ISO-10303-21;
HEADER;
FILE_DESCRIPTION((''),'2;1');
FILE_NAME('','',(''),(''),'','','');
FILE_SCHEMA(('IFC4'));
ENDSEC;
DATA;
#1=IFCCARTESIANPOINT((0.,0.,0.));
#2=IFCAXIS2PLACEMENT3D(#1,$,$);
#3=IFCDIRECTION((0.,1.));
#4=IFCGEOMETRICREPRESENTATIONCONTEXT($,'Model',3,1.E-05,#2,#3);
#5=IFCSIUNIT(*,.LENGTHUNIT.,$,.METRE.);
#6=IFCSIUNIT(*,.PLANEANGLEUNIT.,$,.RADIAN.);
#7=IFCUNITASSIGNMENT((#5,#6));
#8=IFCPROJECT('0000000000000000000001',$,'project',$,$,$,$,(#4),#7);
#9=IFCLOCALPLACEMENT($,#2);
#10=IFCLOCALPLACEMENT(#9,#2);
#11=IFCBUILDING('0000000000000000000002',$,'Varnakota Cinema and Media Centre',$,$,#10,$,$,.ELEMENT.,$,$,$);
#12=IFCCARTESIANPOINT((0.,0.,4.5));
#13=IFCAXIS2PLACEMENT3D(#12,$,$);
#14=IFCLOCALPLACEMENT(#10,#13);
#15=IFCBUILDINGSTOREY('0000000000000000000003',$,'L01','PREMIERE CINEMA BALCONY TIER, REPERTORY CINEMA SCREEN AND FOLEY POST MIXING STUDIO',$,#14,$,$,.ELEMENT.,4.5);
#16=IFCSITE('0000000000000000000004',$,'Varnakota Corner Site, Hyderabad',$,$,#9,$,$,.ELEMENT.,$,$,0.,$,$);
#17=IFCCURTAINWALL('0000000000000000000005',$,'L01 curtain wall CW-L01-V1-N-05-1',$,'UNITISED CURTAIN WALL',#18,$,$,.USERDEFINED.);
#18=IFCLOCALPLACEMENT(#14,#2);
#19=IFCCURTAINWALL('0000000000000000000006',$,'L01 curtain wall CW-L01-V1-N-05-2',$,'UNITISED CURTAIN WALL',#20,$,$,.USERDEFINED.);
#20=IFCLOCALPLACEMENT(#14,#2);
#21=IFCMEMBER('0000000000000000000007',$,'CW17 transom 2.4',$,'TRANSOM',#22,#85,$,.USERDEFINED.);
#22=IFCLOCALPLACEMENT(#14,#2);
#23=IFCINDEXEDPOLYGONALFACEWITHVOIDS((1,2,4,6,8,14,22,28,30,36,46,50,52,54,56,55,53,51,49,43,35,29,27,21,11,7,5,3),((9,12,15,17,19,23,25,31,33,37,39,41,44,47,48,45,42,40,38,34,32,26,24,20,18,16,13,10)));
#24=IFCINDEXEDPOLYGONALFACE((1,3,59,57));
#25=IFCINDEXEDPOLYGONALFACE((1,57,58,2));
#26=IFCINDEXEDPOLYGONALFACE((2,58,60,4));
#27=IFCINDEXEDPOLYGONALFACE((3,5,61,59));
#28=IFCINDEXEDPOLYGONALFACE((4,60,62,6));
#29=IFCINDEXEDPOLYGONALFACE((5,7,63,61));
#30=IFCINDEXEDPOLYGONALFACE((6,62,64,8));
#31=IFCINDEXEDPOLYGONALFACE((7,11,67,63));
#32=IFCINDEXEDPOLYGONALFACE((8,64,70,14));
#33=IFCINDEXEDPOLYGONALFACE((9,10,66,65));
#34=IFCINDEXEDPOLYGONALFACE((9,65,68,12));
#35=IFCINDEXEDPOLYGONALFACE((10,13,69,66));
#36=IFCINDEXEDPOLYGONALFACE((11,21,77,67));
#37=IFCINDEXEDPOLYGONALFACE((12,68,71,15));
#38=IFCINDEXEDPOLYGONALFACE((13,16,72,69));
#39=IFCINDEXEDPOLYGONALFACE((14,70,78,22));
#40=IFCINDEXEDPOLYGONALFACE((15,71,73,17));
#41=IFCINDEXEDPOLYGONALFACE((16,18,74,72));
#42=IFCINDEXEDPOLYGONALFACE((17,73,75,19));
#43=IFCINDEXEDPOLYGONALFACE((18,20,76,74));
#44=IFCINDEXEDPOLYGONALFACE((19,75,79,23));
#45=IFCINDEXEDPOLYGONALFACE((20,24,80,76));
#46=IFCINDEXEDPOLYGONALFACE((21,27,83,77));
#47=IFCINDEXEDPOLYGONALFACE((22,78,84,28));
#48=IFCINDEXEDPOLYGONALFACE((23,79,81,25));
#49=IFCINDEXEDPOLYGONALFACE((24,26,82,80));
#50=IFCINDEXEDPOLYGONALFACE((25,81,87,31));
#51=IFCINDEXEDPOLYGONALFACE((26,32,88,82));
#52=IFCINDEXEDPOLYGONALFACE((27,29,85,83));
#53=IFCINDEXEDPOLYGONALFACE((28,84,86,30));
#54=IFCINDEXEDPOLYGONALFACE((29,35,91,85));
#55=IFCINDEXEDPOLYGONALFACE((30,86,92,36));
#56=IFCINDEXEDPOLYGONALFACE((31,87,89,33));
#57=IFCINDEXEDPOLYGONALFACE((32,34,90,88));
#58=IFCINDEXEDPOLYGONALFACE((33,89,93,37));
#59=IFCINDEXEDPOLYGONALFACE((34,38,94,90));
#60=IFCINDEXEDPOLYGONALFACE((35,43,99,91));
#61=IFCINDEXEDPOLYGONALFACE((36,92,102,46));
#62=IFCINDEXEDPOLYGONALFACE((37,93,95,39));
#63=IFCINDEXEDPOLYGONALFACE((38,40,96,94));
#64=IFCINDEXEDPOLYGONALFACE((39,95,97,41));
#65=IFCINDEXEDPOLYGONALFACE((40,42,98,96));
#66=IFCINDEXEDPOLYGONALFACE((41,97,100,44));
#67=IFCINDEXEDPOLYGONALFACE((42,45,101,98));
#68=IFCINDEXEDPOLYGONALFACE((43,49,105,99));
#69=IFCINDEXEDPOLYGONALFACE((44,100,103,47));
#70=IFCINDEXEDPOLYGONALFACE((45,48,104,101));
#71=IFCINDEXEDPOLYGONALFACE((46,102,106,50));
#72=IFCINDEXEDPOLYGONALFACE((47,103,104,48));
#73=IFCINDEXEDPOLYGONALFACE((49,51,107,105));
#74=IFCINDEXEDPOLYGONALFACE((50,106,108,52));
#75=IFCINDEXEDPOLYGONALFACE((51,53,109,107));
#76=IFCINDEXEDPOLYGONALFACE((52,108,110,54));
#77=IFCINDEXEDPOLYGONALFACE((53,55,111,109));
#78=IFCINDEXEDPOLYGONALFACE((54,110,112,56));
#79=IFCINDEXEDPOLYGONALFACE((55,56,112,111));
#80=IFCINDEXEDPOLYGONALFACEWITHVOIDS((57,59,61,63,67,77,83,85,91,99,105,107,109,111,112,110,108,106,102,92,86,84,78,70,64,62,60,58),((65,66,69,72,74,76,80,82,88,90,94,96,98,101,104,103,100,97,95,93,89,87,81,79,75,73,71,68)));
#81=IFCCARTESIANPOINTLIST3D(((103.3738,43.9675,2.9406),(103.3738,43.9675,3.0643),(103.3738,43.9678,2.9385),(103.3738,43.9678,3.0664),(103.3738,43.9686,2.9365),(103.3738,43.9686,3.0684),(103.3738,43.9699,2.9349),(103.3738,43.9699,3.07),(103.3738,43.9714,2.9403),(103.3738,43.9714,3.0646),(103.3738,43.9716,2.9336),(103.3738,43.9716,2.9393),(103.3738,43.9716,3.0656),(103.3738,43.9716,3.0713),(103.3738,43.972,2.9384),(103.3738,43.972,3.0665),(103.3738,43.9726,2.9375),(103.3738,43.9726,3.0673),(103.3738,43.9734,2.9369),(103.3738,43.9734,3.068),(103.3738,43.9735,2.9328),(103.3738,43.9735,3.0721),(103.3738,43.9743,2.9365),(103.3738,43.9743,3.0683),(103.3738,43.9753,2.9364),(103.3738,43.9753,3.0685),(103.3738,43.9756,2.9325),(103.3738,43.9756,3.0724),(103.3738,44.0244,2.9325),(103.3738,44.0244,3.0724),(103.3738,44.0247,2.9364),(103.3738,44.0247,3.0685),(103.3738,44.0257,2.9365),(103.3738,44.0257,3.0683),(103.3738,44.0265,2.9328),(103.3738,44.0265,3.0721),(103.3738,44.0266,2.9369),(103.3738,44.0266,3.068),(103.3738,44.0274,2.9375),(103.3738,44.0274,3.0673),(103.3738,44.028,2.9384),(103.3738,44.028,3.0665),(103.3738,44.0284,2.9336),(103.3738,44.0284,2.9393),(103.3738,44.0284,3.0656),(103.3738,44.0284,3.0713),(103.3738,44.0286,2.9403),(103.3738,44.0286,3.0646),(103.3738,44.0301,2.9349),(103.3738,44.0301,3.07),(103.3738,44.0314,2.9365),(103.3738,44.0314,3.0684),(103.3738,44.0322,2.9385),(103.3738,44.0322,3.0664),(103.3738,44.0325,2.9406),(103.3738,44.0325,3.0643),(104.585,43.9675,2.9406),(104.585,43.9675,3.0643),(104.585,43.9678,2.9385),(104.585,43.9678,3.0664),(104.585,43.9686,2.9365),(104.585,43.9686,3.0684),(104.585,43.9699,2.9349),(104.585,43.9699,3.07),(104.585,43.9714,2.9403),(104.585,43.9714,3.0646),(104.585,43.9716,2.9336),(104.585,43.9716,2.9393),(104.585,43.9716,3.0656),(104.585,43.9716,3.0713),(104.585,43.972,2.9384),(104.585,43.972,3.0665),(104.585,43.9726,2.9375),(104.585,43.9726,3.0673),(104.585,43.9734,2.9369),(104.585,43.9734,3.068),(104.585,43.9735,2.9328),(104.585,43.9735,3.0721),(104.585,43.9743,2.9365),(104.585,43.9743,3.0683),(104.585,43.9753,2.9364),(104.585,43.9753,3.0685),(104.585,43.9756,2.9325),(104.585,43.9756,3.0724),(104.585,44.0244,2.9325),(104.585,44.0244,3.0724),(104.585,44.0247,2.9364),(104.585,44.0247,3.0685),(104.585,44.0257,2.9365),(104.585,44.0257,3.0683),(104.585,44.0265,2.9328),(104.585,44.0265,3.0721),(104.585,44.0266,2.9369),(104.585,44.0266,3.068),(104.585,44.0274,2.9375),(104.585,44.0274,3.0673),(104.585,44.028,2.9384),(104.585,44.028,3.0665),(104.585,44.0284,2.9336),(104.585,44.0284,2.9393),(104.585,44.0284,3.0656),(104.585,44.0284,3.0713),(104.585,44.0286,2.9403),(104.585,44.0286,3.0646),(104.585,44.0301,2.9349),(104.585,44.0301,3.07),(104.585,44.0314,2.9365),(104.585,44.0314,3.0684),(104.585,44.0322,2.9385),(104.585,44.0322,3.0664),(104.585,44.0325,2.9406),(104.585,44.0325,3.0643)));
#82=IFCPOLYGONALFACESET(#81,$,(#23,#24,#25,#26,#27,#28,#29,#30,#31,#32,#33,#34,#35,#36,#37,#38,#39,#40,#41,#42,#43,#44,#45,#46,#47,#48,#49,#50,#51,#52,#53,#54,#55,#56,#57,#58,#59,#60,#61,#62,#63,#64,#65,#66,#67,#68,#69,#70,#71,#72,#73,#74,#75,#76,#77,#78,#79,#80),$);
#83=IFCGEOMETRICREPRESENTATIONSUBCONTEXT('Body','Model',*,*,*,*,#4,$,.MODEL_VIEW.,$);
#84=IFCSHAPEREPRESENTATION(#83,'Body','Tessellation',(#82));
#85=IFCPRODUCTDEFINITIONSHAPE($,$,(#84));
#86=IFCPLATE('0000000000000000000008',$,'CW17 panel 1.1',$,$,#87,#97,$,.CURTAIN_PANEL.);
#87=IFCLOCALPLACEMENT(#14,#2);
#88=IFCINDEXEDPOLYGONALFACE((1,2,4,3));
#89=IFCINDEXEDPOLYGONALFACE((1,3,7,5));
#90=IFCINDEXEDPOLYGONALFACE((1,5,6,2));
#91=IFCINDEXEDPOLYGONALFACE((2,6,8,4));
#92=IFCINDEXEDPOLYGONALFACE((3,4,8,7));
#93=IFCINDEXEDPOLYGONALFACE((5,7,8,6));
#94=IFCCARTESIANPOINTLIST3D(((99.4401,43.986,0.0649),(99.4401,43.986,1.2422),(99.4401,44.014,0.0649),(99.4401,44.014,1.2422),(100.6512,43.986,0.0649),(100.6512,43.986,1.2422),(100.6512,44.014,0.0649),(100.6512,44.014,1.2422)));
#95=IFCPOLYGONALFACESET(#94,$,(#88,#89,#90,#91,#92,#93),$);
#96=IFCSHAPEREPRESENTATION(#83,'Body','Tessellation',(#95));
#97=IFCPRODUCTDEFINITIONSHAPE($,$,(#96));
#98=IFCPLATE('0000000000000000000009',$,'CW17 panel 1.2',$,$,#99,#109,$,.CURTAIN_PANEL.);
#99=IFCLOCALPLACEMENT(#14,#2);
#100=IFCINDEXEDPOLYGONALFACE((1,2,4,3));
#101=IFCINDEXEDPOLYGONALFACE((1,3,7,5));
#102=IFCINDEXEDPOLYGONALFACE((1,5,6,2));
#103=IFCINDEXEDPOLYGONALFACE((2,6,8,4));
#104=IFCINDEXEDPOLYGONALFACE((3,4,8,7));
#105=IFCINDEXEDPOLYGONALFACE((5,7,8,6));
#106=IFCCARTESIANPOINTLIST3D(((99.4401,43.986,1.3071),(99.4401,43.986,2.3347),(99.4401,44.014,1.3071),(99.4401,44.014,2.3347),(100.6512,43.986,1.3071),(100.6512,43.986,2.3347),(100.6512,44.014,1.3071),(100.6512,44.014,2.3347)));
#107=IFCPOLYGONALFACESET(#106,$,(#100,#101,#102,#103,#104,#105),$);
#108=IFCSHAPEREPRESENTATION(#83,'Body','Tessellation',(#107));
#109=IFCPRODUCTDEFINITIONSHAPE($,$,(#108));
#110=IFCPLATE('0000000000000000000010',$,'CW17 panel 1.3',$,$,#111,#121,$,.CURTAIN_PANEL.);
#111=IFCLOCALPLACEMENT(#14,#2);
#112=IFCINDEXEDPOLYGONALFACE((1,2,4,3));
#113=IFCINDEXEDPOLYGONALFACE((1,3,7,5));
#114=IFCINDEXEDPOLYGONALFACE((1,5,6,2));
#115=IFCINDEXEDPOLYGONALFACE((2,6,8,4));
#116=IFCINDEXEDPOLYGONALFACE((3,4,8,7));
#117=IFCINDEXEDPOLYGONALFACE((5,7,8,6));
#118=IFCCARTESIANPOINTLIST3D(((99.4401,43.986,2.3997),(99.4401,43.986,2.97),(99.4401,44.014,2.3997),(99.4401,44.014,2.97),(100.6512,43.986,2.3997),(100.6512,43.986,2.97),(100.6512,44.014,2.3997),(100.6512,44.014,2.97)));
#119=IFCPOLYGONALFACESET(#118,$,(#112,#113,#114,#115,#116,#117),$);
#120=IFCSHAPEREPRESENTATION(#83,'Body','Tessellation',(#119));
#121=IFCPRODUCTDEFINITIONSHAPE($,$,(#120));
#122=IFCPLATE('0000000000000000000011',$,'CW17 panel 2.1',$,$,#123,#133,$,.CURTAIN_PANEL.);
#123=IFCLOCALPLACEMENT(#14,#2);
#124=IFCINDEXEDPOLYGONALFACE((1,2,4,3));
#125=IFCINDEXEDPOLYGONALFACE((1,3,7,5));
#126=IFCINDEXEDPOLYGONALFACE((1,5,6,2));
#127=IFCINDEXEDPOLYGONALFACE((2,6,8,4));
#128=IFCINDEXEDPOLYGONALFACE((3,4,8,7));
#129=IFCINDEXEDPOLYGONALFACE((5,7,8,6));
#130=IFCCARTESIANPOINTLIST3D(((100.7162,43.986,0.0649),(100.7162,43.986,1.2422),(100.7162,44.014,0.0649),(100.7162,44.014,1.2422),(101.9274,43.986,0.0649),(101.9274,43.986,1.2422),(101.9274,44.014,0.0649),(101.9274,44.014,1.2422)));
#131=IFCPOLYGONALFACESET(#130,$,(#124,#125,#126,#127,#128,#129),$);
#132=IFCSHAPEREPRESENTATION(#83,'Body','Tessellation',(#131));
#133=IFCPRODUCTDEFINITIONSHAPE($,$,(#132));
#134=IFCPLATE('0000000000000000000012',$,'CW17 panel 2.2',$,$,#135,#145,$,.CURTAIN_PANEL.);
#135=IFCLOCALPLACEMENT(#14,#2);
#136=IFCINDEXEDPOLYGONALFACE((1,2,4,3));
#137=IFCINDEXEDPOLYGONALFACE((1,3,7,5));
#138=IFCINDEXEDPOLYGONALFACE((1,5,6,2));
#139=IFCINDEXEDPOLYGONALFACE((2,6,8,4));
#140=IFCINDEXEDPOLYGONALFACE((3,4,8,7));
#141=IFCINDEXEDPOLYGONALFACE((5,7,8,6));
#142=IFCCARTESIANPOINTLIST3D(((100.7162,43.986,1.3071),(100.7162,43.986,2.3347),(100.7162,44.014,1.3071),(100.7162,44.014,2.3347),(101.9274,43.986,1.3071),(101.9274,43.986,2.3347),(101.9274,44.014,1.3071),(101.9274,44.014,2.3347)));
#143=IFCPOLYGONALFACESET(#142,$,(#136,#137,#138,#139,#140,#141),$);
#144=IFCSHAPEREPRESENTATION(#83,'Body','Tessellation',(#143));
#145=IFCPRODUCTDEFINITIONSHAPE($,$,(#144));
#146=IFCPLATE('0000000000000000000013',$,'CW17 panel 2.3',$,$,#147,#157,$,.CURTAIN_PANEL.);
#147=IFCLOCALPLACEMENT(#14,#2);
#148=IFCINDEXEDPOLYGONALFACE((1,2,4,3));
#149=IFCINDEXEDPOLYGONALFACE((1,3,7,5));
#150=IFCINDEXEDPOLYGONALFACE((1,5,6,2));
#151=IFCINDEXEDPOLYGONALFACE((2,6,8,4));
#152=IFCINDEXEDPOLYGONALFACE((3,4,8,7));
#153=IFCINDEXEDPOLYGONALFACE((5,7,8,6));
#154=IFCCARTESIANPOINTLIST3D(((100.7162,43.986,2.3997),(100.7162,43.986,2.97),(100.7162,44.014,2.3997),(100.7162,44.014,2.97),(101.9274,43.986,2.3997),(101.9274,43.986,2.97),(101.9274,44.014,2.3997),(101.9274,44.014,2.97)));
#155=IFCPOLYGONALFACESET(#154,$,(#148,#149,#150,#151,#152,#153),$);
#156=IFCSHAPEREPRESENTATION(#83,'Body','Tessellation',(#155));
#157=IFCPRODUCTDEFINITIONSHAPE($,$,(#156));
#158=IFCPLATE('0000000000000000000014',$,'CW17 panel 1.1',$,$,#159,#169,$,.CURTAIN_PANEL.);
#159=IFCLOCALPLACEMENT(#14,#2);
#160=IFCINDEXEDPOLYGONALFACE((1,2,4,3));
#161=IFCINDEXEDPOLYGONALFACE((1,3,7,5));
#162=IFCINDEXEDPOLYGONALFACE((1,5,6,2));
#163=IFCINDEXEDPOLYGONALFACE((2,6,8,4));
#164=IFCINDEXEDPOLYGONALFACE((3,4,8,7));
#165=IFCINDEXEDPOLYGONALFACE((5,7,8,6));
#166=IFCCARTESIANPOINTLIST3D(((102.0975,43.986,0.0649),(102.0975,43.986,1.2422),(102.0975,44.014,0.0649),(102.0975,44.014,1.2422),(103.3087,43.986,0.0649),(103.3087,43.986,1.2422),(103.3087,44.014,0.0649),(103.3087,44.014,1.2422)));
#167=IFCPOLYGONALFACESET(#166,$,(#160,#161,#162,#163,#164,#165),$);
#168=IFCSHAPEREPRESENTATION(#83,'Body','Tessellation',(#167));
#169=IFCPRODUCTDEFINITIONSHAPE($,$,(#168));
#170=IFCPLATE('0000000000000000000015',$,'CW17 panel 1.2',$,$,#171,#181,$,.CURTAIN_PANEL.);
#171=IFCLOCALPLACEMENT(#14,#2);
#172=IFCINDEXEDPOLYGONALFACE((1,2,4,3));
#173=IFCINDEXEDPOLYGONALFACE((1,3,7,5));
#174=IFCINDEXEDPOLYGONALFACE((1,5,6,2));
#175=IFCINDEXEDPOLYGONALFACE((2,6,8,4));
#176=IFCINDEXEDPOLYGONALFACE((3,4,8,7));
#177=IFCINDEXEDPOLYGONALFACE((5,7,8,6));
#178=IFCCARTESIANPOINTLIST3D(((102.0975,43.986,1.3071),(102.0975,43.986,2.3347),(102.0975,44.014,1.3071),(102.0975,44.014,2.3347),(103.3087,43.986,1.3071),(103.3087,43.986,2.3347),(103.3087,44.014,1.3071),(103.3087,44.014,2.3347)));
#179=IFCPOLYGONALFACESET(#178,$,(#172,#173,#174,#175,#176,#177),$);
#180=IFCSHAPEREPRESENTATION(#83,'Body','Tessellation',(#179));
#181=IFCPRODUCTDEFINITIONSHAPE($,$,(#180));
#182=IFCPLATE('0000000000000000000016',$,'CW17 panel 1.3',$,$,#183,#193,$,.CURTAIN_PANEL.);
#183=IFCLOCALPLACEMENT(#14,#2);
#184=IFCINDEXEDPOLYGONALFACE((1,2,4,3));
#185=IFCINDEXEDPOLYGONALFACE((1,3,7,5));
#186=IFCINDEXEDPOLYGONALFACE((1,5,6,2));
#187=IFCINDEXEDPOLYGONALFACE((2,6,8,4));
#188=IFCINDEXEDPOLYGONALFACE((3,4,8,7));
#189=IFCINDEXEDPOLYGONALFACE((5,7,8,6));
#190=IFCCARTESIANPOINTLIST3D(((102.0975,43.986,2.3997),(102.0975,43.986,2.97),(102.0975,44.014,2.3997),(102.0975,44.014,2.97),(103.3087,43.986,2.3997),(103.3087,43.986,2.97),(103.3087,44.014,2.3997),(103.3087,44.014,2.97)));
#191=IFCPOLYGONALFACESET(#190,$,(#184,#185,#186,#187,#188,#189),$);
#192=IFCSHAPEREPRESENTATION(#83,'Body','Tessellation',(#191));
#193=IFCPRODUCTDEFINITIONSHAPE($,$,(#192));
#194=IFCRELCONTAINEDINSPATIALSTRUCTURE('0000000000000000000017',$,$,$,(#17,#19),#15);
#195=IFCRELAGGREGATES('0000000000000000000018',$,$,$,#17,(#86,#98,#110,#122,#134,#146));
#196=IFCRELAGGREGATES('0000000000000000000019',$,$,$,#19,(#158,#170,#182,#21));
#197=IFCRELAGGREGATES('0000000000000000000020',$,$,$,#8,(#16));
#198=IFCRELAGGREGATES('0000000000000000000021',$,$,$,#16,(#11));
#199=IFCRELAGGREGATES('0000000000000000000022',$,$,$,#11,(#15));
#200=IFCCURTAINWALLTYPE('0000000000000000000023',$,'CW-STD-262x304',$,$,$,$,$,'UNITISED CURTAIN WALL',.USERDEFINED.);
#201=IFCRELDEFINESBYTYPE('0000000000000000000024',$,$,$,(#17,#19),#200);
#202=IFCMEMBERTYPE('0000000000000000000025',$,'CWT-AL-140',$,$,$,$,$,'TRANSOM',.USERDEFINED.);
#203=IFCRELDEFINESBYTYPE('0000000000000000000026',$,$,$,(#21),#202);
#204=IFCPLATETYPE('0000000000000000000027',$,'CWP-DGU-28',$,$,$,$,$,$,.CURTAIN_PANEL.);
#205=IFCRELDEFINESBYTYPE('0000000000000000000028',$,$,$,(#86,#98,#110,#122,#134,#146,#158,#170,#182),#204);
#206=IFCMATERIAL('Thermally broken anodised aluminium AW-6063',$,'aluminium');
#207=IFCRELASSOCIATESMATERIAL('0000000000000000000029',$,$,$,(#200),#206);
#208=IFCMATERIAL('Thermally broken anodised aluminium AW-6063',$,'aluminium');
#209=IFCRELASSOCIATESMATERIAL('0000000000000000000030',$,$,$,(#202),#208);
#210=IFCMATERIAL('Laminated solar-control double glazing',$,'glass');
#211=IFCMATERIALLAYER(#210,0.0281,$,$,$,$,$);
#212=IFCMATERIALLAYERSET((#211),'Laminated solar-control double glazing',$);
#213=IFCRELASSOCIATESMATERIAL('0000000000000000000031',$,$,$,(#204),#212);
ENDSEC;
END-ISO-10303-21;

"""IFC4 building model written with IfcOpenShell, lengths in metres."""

from ifc_helpers import new_model, si_unit, direction, frame, origin, origin_2d, place, context, subcontext, project, spatial, rectangle, hollow_rectangle, extrude, material, layer, layer_set, material_profile, profile_set, type_object, element, aggregate, save


model = new_model("IFC4")

# Units and contexts
model_context = context("Model", 3, precision=1e-05, world=origin(), true_north=direction((0.0, 1.0)))
body_context = subcontext(model_context, "Body", "Model", "MODEL_VIEW")
ifc_project = project(units=[si_unit("LENGTHUNIT", "METRE"), si_unit("PLANEANGLEUNIT", "RADIAN")], contexts=[model_context])

# Site, building, storey
site_placement = place(None, origin())
site = spatial("IfcSite", under=ifc_project, at=site_placement, Name="Varnakota Corner Site, Hyderabad", CompositionType="ELEMENT", RefElevation=0.0)
building_placement = place(site_placement, origin())
building = spatial("IfcBuilding", under=site, at=building_placement, Name="Varnakota Cinema and Media Centre", CompositionType="ELEMENT")
storey_placement = place(building_placement, frame((0.0, 0.0, 4.5)))
storey = spatial("IfcBuildingStorey", under=building, at=storey_placement, Name="L01", Description="PREMIERE CINEMA BALCONY TIER, REPERTORY CINEMA SCREEN AND FOLEY POST MIXING STUDIO", CompositionType="ELEMENT", Elevation=4.5)

# Curtain walls
ifc_material_1 = material(Name="Thermally broken anodised aluminium AW-6063", Category="aluminium")
curtain_wall_type = type_object("IfcCurtainWallType", Name="CW-STD-262x304", ElementType="UNITISED CURTAIN WALL", PredefinedType="USERDEFINED", material=ifc_material_1)
curtain_wall_1_placement = place(storey_placement, origin())
curtain_wall_1 = element("IfcCurtainWall", 1, at=curtain_wall_1_placement, inside=storey, type_object=curtain_wall_type, Name="L01 curtain wall CW-L01-V1-N-05-1", ObjectType="UNITISED CURTAIN WALL", PredefinedType="USERDEFINED")
curtain_wall_2_placement = place(storey_placement, origin())
curtain_wall_2 = element("IfcCurtainWall", 2, at=curtain_wall_2_placement, inside=storey, type_object=curtain_wall_type, Name="L01 curtain wall CW-L01-V1-N-05-2", ObjectType="UNITISED CURTAIN WALL", PredefinedType="USERDEFINED")

# Member
ifc_material_2 = material(Name="Thermally broken anodised aluminium AW-6063", Category="aluminium")
ifc_material_profile_1 = material_profile(ifc_material_2, hollow_rectangle(XDim=0.0649, YDim=0.1399, WallThickness=0.0039, InnerFilletRadius=0.0039, OuterFilletRadius=0.0081, at=origin_2d()), Name="AL-TRANSOM 140x65x4")
ifc_profile_set_1 = profile_set([ifc_material_profile_1], Name="Thermally broken anodised aluminium AW-6063")
member_type_1 = type_object("IfcMemberType", Name="CWT-AL-140", ElementType="TRANSOM", PredefinedType="USERDEFINED", material=ifc_profile_set_1)
member_1_placement = place(storey_placement, frame((103.3738, 44.0, 3.0024), z_axis=(1.0, 0.0, 0.0), x_axis=(0.0, 1.0, 0.0)))
member_1 = element("IfcMember", 3, at=member_1_placement, type_object=member_type_1, Name="CW17 transom 2.4", ObjectType="TRANSOM", PredefinedType="USERDEFINED", context=body_context, shape_type="SweptSolid", body=[
    extrude(hollow_rectangle(XDim=0.0649, YDim=0.1399, WallThickness=0.0039, InnerFilletRadius=0.0039, OuterFilletRadius=0.0081, at=origin_2d()), origin(), (0.0, 0.0, 1.0), 1.2112),
])

# Plates
ifc_material_3 = material(Name="Laminated solar-control double glazing", Category="glass")
ifc_layer = layer(ifc_material_3, 0.0281)
ifc_layer_set = layer_set([ifc_layer], Name="Laminated solar-control double glazing")
plate_type = type_object("IfcPlateType", Name="CWP-DGU-28", PredefinedType="CURTAIN_PANEL", material=ifc_layer_set)
plate_1_placement = place(storey_placement, frame((100.0457, 44.0, 0.0649), z_axis=(0.0, 0.0, 1.0), x_axis=(1.0, 0.0, 0.0)))
plate_1 = element("IfcPlate", 4, at=plate_1_placement, type_object=plate_type, Name="CW17 panel 1.1", PredefinedType="CURTAIN_PANEL", context=body_context, shape_type="SweptSolid", body=[
    extrude(rectangle(XDim=1.2112, YDim=0.0281, at=origin_2d()), origin(), (0.0, 0.0, 1.0), 1.1772),
])
plate_2_placement = place(storey_placement, frame((100.0457, 44.0, 1.3071), z_axis=(0.0, 0.0, 1.0), x_axis=(1.0, 0.0, 0.0)))
plate_2 = element("IfcPlate", 5, at=plate_2_placement, type_object=plate_type, Name="CW17 panel 1.2", PredefinedType="CURTAIN_PANEL", context=body_context, shape_type="SweptSolid", body=[
    extrude(rectangle(XDim=1.2112, YDim=0.0281, at=origin_2d()), origin(), (0.0, 0.0, 1.0), 1.0276),
])
plate_3_placement = place(storey_placement, frame((100.0457, 44.0, 2.3997), z_axis=(0.0, 0.0, 1.0), x_axis=(1.0, 0.0, 0.0)))
plate_3 = element("IfcPlate", 6, at=plate_3_placement, type_object=plate_type, Name="CW17 panel 1.3", PredefinedType="CURTAIN_PANEL", context=body_context, shape_type="SweptSolid", body=[
    extrude(rectangle(XDim=1.2112, YDim=0.0281, at=origin_2d()), origin(), (0.0, 0.0, 1.0), 0.5703),
])
plate_4_placement = place(storey_placement, frame((101.3218, 44.0, 0.0649), z_axis=(0.0, 0.0, 1.0), x_axis=(1.0, 0.0, 0.0)))
plate_4 = element("IfcPlate", 7, at=plate_4_placement, type_object=plate_type, Name="CW17 panel 2.1", PredefinedType="CURTAIN_PANEL", context=body_context, shape_type="SweptSolid", body=[
    extrude(rectangle(XDim=1.2112, YDim=0.0281, at=origin_2d()), origin(), (0.0, 0.0, 1.0), 1.1772),
])
plate_5_placement = place(storey_placement, frame((101.3218, 44.0, 1.3071), z_axis=(0.0, 0.0, 1.0), x_axis=(1.0, 0.0, 0.0)))
plate_5 = element("IfcPlate", 8, at=plate_5_placement, type_object=plate_type, Name="CW17 panel 2.2", PredefinedType="CURTAIN_PANEL", context=body_context, shape_type="SweptSolid", body=[
    extrude(rectangle(XDim=1.2112, YDim=0.0281, at=origin_2d()), origin(), (0.0, 0.0, 1.0), 1.0276),
])
plate_6_placement = place(storey_placement, frame((101.3218, 44.0, 2.3997), z_axis=(0.0, 0.0, 1.0), x_axis=(1.0, 0.0, 0.0)))
plate_6 = element("IfcPlate", 9, at=plate_6_placement, type_object=plate_type, Name="CW17 panel 2.3", PredefinedType="CURTAIN_PANEL", context=body_context, shape_type="SweptSolid", body=[
    extrude(rectangle(XDim=1.2112, YDim=0.0281, at=origin_2d()), origin(), (0.0, 0.0, 1.0), 0.5703),
])
aggregate(curtain_wall_1, [plate_1, plate_2, plate_3, plate_4, plate_5, plate_6])
plate_7_placement = place(storey_placement, frame((102.7031, 44.0, 0.0649), z_axis=(0.0, 0.0, 1.0), x_axis=(1.0, 0.0, 0.0)))
plate_7 = element("IfcPlate", 10, at=plate_7_placement, type_object=plate_type, Name="CW17 panel 1.1", PredefinedType="CURTAIN_PANEL", context=body_context, shape_type="SweptSolid", body=[
    extrude(rectangle(XDim=1.2112, YDim=0.0281, at=origin_2d()), origin(), (0.0, 0.0, 1.0), 1.1772),
])
plate_8_placement = place(storey_placement, frame((102.7031, 44.0, 1.3071), z_axis=(0.0, 0.0, 1.0), x_axis=(1.0, 0.0, 0.0)))
plate_8 = element("IfcPlate", 11, at=plate_8_placement, type_object=plate_type, Name="CW17 panel 1.2", PredefinedType="CURTAIN_PANEL", context=body_context, shape_type="SweptSolid", body=[
    extrude(rectangle(XDim=1.2112, YDim=0.0281, at=origin_2d()), origin(), (0.0, 0.0, 1.0), 1.0276),
])
plate_9_placement = place(storey_placement, frame((102.7031, 44.0, 2.3997), z_axis=(0.0, 0.0, 1.0), x_axis=(1.0, 0.0, 0.0)))
plate_9 = element("IfcPlate", 12, at=plate_9_placement, type_object=plate_type, Name="CW17 panel 1.3", PredefinedType="CURTAIN_PANEL", context=body_context, shape_type="SweptSolid", body=[
    extrude(rectangle(XDim=1.2112, YDim=0.0281, at=origin_2d()), origin(), (0.0, 0.0, 1.0), 0.5703),
])
aggregate(curtain_wall_2, [plate_7, plate_8, plate_9, member_1])

save(model, "model.ifc")
